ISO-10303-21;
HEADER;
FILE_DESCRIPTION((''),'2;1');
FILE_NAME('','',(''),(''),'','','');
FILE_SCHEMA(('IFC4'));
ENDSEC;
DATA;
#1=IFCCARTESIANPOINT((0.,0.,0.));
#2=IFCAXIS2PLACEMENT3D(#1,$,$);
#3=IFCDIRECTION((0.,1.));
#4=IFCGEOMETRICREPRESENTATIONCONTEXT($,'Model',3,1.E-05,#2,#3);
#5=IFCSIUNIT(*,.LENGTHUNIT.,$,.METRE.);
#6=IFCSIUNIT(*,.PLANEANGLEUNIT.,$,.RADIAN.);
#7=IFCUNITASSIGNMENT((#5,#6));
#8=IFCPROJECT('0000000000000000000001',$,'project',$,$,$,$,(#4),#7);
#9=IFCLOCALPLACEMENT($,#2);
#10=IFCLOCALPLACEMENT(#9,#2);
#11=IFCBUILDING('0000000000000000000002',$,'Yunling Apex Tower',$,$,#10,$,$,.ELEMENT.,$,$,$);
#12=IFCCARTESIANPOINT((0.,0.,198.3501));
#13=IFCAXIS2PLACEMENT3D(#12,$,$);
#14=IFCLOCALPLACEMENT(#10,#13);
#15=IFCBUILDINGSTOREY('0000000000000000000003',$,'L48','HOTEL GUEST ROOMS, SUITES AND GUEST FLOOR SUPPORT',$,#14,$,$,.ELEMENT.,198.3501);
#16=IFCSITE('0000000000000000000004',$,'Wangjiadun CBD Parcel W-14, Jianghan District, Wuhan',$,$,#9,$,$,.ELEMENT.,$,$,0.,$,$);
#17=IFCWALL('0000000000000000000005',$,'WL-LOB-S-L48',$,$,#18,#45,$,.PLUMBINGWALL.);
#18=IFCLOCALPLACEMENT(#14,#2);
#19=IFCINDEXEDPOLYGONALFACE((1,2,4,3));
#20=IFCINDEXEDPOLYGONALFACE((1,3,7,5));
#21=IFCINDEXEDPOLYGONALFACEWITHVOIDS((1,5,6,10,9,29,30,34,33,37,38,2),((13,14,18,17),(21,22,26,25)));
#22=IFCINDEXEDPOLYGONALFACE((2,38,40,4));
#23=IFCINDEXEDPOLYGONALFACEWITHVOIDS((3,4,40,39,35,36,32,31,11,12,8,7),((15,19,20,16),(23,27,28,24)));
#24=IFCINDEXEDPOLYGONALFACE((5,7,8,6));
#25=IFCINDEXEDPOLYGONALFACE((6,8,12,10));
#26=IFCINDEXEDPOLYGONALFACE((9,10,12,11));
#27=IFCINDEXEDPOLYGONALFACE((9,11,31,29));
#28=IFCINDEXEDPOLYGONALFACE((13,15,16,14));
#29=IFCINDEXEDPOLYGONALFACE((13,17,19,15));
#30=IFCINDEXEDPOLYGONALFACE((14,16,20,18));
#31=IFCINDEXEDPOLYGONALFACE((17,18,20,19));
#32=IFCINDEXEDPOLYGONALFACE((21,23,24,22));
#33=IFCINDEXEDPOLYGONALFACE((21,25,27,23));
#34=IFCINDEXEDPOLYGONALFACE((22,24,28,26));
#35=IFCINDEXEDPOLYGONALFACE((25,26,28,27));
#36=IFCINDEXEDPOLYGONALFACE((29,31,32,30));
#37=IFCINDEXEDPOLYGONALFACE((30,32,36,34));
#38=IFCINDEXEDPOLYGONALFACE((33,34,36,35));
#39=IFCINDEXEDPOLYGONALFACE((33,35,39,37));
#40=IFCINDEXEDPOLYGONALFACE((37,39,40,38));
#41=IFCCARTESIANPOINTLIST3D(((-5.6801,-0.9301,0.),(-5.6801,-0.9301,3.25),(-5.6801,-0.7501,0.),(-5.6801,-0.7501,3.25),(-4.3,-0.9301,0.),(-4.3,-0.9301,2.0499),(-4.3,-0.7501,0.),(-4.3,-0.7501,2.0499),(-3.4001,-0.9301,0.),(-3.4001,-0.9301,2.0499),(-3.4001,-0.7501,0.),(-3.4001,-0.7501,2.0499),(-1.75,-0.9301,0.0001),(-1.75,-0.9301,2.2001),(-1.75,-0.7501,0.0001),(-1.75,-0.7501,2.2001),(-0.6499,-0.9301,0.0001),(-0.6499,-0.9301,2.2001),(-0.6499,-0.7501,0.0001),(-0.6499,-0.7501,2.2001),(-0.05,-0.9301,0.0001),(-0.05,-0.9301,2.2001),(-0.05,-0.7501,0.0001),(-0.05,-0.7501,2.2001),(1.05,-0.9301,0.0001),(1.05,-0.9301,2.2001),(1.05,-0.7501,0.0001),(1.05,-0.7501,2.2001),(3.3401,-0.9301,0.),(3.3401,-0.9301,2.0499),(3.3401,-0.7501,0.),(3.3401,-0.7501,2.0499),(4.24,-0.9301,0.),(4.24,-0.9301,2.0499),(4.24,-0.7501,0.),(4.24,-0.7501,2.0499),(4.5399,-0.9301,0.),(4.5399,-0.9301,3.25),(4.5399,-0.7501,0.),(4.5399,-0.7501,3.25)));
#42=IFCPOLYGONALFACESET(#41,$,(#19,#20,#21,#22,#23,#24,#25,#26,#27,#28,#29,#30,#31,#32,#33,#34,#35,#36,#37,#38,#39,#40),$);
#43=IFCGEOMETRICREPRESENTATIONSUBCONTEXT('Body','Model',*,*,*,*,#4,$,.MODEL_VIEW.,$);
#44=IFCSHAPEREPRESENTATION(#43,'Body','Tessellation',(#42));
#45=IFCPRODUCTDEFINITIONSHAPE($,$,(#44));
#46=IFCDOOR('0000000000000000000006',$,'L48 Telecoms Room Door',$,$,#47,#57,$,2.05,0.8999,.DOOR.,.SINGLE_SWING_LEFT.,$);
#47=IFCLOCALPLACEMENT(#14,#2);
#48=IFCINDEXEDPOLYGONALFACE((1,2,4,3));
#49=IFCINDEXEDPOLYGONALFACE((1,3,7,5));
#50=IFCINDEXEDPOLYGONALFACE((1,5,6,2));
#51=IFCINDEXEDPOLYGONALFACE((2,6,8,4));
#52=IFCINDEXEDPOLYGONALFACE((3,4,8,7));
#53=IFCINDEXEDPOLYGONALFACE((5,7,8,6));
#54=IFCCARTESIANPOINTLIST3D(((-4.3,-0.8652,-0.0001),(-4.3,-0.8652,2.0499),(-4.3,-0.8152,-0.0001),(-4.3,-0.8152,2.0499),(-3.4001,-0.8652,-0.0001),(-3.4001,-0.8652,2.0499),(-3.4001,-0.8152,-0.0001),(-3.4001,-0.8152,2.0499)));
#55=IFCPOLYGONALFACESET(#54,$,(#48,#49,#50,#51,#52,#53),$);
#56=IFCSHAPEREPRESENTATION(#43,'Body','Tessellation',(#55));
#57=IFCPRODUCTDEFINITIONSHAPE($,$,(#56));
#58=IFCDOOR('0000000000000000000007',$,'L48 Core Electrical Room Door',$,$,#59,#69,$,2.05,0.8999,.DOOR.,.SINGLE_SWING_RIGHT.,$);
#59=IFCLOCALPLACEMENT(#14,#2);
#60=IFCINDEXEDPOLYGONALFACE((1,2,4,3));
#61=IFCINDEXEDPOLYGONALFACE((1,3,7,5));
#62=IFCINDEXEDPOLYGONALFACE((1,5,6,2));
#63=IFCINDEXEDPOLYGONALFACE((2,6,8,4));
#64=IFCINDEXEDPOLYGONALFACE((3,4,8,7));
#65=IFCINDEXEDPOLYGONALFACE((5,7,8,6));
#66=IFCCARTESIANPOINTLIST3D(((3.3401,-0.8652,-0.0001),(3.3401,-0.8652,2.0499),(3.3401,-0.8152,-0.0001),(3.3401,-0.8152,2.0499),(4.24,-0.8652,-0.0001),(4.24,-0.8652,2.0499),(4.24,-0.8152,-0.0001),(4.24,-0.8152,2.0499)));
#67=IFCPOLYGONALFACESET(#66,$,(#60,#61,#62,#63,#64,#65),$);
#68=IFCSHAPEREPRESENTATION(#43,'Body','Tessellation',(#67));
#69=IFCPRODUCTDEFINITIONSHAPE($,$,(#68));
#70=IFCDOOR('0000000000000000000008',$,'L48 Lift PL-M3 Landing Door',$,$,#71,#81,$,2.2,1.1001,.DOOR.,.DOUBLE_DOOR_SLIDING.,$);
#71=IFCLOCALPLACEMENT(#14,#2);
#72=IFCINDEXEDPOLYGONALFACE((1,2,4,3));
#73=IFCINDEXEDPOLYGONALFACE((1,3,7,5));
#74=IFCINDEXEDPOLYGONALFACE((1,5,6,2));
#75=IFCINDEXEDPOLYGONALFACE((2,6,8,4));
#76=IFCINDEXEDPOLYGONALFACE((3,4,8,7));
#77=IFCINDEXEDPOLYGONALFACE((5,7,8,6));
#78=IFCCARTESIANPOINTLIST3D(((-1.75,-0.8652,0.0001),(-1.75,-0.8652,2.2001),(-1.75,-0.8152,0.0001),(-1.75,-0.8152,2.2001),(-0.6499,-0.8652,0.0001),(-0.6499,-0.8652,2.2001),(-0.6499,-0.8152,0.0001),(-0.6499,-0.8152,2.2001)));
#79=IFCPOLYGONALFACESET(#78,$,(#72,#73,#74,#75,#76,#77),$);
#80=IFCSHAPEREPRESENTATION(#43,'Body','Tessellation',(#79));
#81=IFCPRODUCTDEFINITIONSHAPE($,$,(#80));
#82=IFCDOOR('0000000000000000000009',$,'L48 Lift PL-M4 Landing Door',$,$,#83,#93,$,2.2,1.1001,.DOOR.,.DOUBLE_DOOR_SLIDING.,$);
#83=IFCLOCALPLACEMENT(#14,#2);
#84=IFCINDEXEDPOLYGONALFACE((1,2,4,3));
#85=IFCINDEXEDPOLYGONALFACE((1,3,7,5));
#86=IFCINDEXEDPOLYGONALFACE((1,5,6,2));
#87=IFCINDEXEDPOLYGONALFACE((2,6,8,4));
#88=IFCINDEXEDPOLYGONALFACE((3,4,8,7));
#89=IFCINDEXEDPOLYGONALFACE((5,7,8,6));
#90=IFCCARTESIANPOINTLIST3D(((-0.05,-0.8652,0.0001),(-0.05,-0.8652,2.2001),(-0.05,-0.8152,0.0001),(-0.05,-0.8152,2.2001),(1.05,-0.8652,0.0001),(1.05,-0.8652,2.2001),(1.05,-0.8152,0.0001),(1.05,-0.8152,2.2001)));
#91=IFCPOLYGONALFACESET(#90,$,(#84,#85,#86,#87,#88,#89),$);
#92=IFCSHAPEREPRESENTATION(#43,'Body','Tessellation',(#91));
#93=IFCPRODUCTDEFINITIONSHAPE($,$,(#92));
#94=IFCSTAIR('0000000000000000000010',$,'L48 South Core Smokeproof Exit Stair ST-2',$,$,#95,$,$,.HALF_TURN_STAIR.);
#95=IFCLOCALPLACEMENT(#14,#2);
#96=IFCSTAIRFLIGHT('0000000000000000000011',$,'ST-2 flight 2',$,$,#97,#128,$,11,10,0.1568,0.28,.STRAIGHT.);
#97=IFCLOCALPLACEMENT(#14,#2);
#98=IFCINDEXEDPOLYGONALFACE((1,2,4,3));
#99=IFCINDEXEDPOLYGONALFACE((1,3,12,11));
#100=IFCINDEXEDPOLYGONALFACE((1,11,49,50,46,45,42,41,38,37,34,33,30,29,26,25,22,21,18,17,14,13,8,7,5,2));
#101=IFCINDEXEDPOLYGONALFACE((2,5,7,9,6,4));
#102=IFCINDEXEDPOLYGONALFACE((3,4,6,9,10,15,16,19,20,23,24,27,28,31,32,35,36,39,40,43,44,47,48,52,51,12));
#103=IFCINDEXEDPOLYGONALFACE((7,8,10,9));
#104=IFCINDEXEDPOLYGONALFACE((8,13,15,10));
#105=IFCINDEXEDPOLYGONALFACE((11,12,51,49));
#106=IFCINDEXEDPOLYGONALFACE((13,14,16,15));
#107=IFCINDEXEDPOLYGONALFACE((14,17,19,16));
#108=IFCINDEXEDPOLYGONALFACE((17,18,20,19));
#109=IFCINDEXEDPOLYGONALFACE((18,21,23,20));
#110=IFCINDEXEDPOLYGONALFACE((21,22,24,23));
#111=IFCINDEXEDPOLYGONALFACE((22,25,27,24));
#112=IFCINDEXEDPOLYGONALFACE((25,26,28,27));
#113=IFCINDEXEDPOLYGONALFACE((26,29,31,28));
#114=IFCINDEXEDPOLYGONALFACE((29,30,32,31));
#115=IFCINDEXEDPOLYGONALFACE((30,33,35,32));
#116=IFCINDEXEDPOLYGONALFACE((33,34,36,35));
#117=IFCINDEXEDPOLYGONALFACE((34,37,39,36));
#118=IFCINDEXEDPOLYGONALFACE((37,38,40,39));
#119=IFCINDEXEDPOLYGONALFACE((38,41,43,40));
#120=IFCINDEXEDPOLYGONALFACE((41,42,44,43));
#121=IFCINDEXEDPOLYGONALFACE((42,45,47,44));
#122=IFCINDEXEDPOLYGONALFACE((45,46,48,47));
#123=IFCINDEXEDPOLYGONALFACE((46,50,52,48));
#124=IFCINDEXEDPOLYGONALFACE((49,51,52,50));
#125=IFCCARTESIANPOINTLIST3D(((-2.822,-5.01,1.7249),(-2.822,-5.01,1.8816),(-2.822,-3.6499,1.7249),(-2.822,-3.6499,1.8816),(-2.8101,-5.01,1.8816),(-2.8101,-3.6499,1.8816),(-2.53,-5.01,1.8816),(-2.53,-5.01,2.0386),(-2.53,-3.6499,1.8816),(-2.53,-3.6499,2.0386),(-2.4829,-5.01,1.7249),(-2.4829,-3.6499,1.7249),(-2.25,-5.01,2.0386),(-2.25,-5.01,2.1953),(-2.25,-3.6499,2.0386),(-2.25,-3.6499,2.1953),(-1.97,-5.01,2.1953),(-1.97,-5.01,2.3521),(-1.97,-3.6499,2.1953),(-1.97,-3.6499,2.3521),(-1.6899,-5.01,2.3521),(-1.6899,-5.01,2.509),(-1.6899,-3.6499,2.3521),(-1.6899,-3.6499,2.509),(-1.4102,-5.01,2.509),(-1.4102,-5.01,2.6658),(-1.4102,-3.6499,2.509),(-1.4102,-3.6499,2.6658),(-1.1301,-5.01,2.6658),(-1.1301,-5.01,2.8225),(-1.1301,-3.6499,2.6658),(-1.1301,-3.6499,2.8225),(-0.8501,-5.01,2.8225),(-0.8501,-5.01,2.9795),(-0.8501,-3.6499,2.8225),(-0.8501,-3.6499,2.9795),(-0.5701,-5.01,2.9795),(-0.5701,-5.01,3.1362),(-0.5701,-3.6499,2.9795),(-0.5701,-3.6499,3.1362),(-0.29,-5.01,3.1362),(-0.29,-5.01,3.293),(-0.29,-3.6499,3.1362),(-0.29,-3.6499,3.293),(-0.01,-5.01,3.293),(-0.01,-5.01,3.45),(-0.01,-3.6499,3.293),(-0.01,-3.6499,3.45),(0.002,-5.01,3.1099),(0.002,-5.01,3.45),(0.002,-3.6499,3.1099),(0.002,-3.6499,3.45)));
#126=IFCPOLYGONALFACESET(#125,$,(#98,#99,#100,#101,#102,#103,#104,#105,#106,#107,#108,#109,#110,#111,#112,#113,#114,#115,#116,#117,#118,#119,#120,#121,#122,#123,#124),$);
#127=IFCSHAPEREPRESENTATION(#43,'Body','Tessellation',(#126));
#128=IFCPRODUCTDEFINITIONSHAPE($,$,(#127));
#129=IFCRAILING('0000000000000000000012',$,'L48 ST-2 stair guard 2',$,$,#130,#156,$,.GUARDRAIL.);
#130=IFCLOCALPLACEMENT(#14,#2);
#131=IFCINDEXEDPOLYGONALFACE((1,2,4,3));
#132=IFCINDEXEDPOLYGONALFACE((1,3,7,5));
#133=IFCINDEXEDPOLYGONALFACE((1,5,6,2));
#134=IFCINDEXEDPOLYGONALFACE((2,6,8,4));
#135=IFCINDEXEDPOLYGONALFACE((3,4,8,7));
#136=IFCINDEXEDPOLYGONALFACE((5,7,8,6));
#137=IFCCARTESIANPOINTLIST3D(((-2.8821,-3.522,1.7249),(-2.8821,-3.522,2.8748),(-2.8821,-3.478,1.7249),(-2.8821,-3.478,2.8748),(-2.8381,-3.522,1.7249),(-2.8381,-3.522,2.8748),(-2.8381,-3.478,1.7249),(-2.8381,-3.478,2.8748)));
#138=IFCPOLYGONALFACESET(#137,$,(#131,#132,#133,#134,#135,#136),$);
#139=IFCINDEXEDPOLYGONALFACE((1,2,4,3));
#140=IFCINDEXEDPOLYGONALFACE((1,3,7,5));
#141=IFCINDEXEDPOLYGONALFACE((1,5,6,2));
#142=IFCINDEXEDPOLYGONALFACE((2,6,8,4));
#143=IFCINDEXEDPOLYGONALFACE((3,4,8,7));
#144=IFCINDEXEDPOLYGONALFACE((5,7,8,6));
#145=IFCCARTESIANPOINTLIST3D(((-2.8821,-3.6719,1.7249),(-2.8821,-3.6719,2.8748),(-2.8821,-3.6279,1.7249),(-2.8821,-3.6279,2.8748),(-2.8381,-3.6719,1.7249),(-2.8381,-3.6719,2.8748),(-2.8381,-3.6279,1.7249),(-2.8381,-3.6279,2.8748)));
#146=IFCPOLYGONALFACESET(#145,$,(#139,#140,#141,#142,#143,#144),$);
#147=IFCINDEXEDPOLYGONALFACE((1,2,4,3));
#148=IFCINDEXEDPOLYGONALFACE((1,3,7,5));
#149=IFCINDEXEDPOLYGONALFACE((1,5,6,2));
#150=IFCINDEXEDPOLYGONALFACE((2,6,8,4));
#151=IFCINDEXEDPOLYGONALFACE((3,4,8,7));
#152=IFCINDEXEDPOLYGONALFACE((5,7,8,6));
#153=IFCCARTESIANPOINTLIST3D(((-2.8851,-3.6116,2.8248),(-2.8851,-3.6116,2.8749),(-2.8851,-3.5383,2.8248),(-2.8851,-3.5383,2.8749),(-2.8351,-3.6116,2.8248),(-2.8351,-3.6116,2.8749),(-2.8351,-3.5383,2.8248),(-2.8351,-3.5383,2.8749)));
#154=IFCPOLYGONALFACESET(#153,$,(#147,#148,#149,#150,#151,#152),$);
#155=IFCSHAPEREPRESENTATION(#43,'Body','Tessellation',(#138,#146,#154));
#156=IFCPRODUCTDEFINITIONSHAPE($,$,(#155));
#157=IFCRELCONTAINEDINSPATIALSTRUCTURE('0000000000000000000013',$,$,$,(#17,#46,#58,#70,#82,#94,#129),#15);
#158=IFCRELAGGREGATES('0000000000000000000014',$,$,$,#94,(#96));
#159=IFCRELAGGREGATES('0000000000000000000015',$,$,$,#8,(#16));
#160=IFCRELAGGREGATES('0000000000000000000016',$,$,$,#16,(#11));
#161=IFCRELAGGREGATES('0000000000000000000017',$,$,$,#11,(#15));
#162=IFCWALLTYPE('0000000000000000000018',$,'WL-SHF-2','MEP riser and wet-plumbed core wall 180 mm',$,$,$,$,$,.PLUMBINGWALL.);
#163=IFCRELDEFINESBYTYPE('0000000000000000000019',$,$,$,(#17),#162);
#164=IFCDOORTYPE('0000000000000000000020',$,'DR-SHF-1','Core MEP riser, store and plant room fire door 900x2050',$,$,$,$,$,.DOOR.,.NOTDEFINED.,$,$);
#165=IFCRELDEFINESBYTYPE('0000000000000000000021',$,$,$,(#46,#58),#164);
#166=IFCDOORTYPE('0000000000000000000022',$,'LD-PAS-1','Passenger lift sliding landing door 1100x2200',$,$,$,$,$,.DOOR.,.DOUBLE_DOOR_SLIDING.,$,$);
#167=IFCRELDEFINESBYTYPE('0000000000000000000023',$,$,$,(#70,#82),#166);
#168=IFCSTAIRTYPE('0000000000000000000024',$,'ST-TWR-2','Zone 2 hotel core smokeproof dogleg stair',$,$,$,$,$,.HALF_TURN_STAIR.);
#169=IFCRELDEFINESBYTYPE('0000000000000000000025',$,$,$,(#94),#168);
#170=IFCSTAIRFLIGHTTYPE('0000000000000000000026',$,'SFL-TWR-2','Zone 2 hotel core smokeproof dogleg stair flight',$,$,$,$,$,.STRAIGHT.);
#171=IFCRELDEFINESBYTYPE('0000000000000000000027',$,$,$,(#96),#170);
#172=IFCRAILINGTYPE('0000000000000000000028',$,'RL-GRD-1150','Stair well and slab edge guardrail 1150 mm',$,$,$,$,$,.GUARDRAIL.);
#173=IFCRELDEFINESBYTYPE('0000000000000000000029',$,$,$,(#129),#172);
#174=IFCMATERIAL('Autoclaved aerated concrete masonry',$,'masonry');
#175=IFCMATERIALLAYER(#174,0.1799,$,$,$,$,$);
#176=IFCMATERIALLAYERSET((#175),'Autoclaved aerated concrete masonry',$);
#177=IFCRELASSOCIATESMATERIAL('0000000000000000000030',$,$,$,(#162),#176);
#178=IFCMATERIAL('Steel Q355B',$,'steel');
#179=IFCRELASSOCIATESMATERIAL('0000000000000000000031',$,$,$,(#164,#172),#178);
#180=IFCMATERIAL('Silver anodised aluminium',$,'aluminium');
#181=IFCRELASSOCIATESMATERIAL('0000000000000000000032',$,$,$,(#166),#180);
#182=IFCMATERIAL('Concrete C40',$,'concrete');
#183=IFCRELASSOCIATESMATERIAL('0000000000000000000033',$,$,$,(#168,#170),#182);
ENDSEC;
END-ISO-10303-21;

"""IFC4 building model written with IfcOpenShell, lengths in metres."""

from ifc_helpers import new_model, si_unit, direction, frame, frame_2d, origin, origin_2d, place, context, subcontext, project, spatial, polyline, rectangle, outline, extrude, material, layer, layer_set, type_object, element, fill, aggregate, save


model = new_model("IFC4")

# Units and contexts
model_context = context("Model", 3, precision=1e-05, world=origin(), true_north=direction((0.0, 1.0)))
body_context = subcontext(model_context, "Body", "Model", "MODEL_VIEW")
ifc_project = project(units=[si_unit("LENGTHUNIT", "METRE"), si_unit("PLANEANGLEUNIT", "RADIAN")], contexts=[model_context])

# Site, building, storey
site_placement = place(None, origin())
site = spatial("IfcSite", under=ifc_project, at=site_placement, Name="Wangjiadun CBD Parcel W-14, Jianghan District, Wuhan", CompositionType="ELEMENT", RefElevation=0.0)
building_placement = place(site_placement, origin())
building = spatial("IfcBuilding", under=site, at=building_placement, Name="Yunling Apex Tower", CompositionType="ELEMENT")
storey_placement = place(building_placement, frame((0.0, 0.0, 198.3501)))
storey = spatial("IfcBuildingStorey", under=building, at=storey_placement, Name="L48", Description="HOTEL GUEST ROOMS, SUITES AND GUEST FLOOR SUPPORT", CompositionType="ELEMENT", Elevation=198.3501)

# Shared definitions
ifc_material_1 = material(Name="Steel Q355B", Category="steel")

# Shared definitions
ifc_material_2 = material(Name="Concrete C40", Category="concrete")

# Shared definitions
ifc_material_3 = material(Name="Autoclaved aerated concrete masonry", Category="masonry")

# Shared definitions
ifc_layer_1 = layer(ifc_material_3, 0.1799)
ifc_layer_set_1 = layer_set([ifc_layer_1], Name="Autoclaved aerated concrete masonry")
wall_type_1 = type_object("IfcWallType", Name="WL-SHF-2", Description="MEP riser and wet-plumbed core wall 180 mm", PredefinedType="PLUMBINGWALL", material=ifc_layer_set_1)

# Wall, openings, doors
wall_1_placement = place(storey_placement, frame((-5.6799, -0.8401, 0.0), z_axis=(0.0, 0.0, 1.0), x_axis=(1.0, 0.0, 0.0)))
wall_1 = element("IfcWall", 1, at=wall_1_placement, inside=storey, type_object=wall_type_1, Name="WL-LOB-S-L48", PredefinedType="PLUMBINGWALL", context=body_context, shape_type="SweptSolid", body=[
    extrude(rectangle(XDim=10.22, YDim=0.1799, at=frame_2d((5.1099, 0.0))), origin(), (0.0, 0.0, 1.0), 3.25),
])
opening_1_placement = place(wall_1_placement, frame((1.3799, 0.0, 0.0)))
opening_1 = element("IfcOpeningElement", 2, at=opening_1_placement, cuts=wall_1, PredefinedType="OPENING", context=body_context, shape_type="SweptSolid", body=[
    extrude(rectangle(XDim=0.8999, YDim=2.05, at=frame_2d((0.45, 1.0249))), frame((0.0, 0.1001, 0.0), z_axis=(0.0, -1.0, 0.0), x_axis=(1.0, 0.0, 0.0)), (0.0, 0.0, 1.0), 0.2),
])
opening_2_placement = place(wall_1_placement, frame((3.9299, 0.0, 0.0)))
opening_2 = element("IfcOpeningElement", 3, at=opening_2_placement, cuts=wall_1, PredefinedType="OPENING", context=body_context, shape_type="SweptSolid", body=[
    extrude(rectangle(XDim=1.1001, YDim=2.2, at=frame_2d((0.55, 1.1001))), frame((0.0, 0.1001, 0.0), z_axis=(0.0, -1.0, 0.0), x_axis=(1.0, 0.0, 0.0)), (0.0, 0.0, 1.0), 0.2),
])
opening_3_placement = place(wall_1_placement, frame((5.6299, 0.0, 0.0)))
opening_3 = element("IfcOpeningElement", 4, at=opening_3_placement, cuts=wall_1, PredefinedType="OPENING", context=body_context, shape_type="SweptSolid", body=[
    extrude(rectangle(XDim=1.1001, YDim=2.2, at=frame_2d((0.55, 1.1001))), frame((0.0, 0.1001, 0.0), z_axis=(0.0, -1.0, 0.0), x_axis=(1.0, 0.0, 0.0)), (0.0, 0.0, 1.0), 0.2),
])
opening_4_placement = place(wall_1_placement, frame((9.02, 0.0, 0.0)))
opening_4 = element("IfcOpeningElement", 5, at=opening_4_placement, cuts=wall_1, PredefinedType="OPENING", context=body_context, shape_type="SweptSolid", body=[
    extrude(rectangle(XDim=0.8999, YDim=2.05, at=frame_2d((0.45, 1.0249))), frame((0.0, 0.1001, 0.0), z_axis=(0.0, -1.0, 0.0), x_axis=(1.0, 0.0, 0.0)), (0.0, 0.0, 1.0), 0.2),
])
door_type_1 = type_object("IfcDoorType", Name="DR-SHF-1", Description="Core MEP riser, store and plant room fire door 900x2050", OperationType="NOTDEFINED", PredefinedType="DOOR", material=ifc_material_1)
door_1_placement = place(opening_1_placement, origin())
door_1 = element("IfcDoor", 6, at=door_1_placement, inside=storey, type_object=door_type_1, Name="L48 Telecoms Room Door", OperationType="SINGLE_SWING_LEFT", OverallHeight=2.05, OverallWidth=0.8999, PredefinedType="DOOR", context=body_context, shape_type="SweptSolid", body=[
    extrude(rectangle(XDim=0.8999, YDim=2.05, at=frame_2d((0.45, 1.0249))), frame((0.0, 0.0249, 0.0), z_axis=(0.0, -1.0, 0.0), x_axis=(1.0, 0.0, 0.0)), (0.0, 0.0, 1.0), 0.05),
])
fill(opening_1, door_1)
door_2_placement = place(opening_4_placement, origin())
door_2 = element("IfcDoor", 7, at=door_2_placement, inside=storey, type_object=door_type_1, Name="L48 Core Electrical Room Door", OperationType="SINGLE_SWING_RIGHT", OverallHeight=2.05, OverallWidth=0.8999, PredefinedType="DOOR", context=body_context, shape_type="SweptSolid", body=[
    extrude(rectangle(XDim=0.8999, YDim=2.05, at=frame_2d((0.45, 1.0249))), frame((0.0, 0.0249, 0.0), z_axis=(0.0, -1.0, 0.0), x_axis=(1.0, 0.0, 0.0)), (0.0, 0.0, 1.0), 0.05),
])
fill(opening_4, door_2)
ifc_material_4 = material(Name="Silver anodised aluminium", Category="aluminium")
door_type_2 = type_object("IfcDoorType", Name="LD-PAS-1", Description="Passenger lift sliding landing door 1100x2200", OperationType="DOUBLE_DOOR_SLIDING", PredefinedType="DOOR", material=ifc_material_4)
door_3_placement = place(opening_2_placement, origin())
door_3 = element("IfcDoor", 8, at=door_3_placement, inside=storey, type_object=door_type_2, Name="L48 Lift PL-M3 Landing Door", OperationType="DOUBLE_DOOR_SLIDING", OverallHeight=2.2, OverallWidth=1.1001, PredefinedType="DOOR", context=body_context, shape_type="SweptSolid", body=[
    extrude(rectangle(XDim=1.1001, YDim=2.2, at=frame_2d((0.55, 1.1001))), frame((0.0, 0.0249, 0.0), z_axis=(0.0, -1.0, 0.0), x_axis=(1.0, 0.0, 0.0)), (0.0, 0.0, 1.0), 0.05),
])
fill(opening_2, door_3)
door_4_placement = place(opening_3_placement, origin())
door_4 = element("IfcDoor", 9, at=door_4_placement, inside=storey, type_object=door_type_2, Name="L48 Lift PL-M4 Landing Door", OperationType="DOUBLE_DOOR_SLIDING", OverallHeight=2.2, OverallWidth=1.1001, PredefinedType="DOOR", context=body_context, shape_type="SweptSolid", body=[
    extrude(rectangle(XDim=1.1001, YDim=2.2, at=frame_2d((0.55, 1.1001))), frame((0.0, 0.0249, 0.0), z_axis=(0.0, -1.0, 0.0), x_axis=(1.0, 0.0, 0.0)), (0.0, 0.0, 1.0), 0.05),
])
fill(opening_3, door_4)

# Stair, stair flight
stair_type = type_object("IfcStairType", Name="ST-TWR-2", Description="Zone 2 hotel core smokeproof dogleg stair", PredefinedType="HALF_TURN_STAIR", material=ifc_material_2)
stair_placement = place(storey_placement, origin())
stair = element("IfcStair", 10, at=stair_placement, inside=storey, type_object=stair_type, Name="L48 South Core Smokeproof Exit Stair ST-2", PredefinedType="HALF_TURN_STAIR")
stair_flight_type = type_object("IfcStairFlightType", Name="SFL-TWR-2", Description="Zone 2 hotel core smokeproof dogleg stair flight", PredefinedType="STRAIGHT", material=ifc_material_2)
stair_flight_placement = place(storey_placement, frame((-2.8101, -4.3301, 1.7249), z_axis=(0.0, 0.0, 1.0), x_axis=(1.0, 0.0, 0.0)))
stair_flight = element("IfcStairFlight", 11, at=stair_flight_placement, type_object=stair_flight_type, Name="ST-2 flight 2", NumberOfRisers=11, NumberOfTreads=10, PredefinedType="STRAIGHT", RiserHeight=0.1568, TreadLength=0.28, context=body_context, shape_type="SweptSolid", body=[
    extrude(outline(polyline([(-0.012, 0.0), (-0.012, 0.1567), (0.0, 0.1567), (0.28, 0.1567), (0.28, 0.3137), (0.5601, 0.3137), (0.5601, 0.4705), (0.8401, 0.4705), (0.8401, 0.6272), (1.1201, 0.6272), (1.1201, 0.7842), (1.3999, 0.7842), (1.3999, 0.9409), (1.6799, 0.9409), (1.6799, 1.0977), (1.96, 1.0977), (1.96, 1.2546), (2.24, 1.2546), (2.24, 1.4114), (2.52, 1.4114), (2.52, 1.5681), (2.8, 1.5681), (2.8, 1.7251), (2.812, 1.7251), (2.812, 1.385), (0.3271, 0.0), (-0.012, 0.0)])), frame((0.0, 0.6802, 0.0), z_axis=(0.0, -1.0, 0.0), x_axis=(1.0, 0.0, 0.0)), (0.0, 0.0, 1.0), 1.3601),
])
aggregate(stair, [stair_flight])

# Railing
railing_type_1 = type_object("IfcRailingType", Name="RL-GRD-1150", Description="Stair well and slab edge guardrail 1150 mm", PredefinedType="GUARDRAIL", material=ifc_material_1)
railing_1_placement = place(storey_placement, frame((-2.8601, -3.5, 1.7249)))
element("IfcRailing", 12, at=railing_1_placement, inside=storey, type_object=railing_type_1, Name="L48 ST-2 stair guard 2", PredefinedType="GUARDRAIL", context=body_context, shape_type="SweptSolid", body=[
    extrude(rectangle(XDim=0.0439, YDim=0.0439, at=origin_2d()), origin(), (0.0, 0.0, 1.0), 1.1499),
    extrude(rectangle(XDim=0.0439, YDim=0.0439, at=origin_2d()), frame((0.0, -0.1499, 0.0)), (0.0, 0.0, 1.0), 1.1499),
    extrude(rectangle(XDim=0.05, YDim=0.05, at=origin_2d()), frame((0.0, -0.0383, 1.125), z_axis=(0.0, -1.0, 0.0), x_axis=(1.0, 0.0, 0.0)), (0.0, 0.0, 1.0), 0.0732),
])

save(model, "model.ifc")
